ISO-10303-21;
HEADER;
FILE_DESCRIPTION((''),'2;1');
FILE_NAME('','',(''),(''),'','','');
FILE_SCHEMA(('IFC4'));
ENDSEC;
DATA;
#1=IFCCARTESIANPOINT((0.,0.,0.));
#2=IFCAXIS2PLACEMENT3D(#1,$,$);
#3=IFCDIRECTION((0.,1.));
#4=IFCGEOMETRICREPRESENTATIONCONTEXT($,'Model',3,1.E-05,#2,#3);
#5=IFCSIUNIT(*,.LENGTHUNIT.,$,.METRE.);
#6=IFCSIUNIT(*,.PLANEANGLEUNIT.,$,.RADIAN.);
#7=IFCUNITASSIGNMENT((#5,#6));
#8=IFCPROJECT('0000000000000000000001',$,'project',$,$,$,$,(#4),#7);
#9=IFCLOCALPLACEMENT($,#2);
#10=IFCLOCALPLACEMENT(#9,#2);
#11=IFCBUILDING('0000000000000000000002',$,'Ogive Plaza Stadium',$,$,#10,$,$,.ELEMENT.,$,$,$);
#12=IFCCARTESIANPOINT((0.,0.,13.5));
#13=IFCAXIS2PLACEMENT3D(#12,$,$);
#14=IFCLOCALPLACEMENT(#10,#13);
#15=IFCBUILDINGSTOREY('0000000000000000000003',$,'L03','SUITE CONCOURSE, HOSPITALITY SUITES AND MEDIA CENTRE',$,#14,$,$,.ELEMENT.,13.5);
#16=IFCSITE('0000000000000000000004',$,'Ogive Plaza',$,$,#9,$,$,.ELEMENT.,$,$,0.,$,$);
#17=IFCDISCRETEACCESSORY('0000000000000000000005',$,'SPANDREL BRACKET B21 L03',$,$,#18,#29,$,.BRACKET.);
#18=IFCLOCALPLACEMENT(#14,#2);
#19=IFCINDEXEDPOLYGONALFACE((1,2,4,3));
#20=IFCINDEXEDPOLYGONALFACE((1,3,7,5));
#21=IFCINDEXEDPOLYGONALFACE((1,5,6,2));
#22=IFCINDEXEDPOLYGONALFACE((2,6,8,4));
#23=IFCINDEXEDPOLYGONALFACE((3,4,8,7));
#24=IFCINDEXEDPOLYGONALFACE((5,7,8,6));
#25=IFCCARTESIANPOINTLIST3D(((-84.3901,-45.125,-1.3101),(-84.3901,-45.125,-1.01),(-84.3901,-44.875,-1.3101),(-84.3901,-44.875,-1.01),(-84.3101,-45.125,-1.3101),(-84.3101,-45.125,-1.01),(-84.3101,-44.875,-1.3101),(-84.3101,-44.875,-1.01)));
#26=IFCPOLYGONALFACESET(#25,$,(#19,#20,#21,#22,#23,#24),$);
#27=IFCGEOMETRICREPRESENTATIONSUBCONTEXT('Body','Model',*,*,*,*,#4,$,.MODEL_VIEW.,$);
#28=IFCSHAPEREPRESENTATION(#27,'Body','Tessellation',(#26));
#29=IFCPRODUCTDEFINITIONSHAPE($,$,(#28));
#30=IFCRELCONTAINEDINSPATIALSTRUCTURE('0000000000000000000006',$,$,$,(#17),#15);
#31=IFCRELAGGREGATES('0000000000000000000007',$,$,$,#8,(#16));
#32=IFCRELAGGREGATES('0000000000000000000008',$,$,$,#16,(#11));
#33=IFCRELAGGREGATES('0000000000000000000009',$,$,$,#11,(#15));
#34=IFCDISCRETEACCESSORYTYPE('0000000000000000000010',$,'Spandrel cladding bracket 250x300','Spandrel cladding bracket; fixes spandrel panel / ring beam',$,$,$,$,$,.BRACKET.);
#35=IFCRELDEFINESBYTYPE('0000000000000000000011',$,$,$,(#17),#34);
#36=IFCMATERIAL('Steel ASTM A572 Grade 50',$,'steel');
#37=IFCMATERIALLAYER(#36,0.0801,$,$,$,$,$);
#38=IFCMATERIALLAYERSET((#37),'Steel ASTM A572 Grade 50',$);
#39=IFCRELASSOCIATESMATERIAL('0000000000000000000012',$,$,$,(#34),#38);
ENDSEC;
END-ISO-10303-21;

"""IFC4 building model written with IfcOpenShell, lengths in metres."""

from ifc_helpers import new_model, si_unit, direction, frame, origin, origin_2d, place, context, subcontext, project, spatial, rectangle, extrude, material, layer, layer_set, type_object, element, save


model = new_model("IFC4")

# Units and contexts
model_context = context("Model", 3, precision=1e-05, world=origin(), true_north=direction((0.0, 1.0)))
body_context = subcontext(model_context, "Body", "Model", "MODEL_VIEW")
ifc_project = project(units=[si_unit("LENGTHUNIT", "METRE"), si_unit("PLANEANGLEUNIT", "RADIAN")], contexts=[model_context])

# Site, building, storey
site_placement = place(None, origin())
site = spatial("IfcSite", under=ifc_project, at=site_placement, Name="Ogive Plaza", CompositionType="ELEMENT", RefElevation=0.0)
building_placement = place(site_placement, origin())
building = spatial("IfcBuilding", under=site, at=building_placement, Name="Ogive Plaza Stadium", CompositionType="ELEMENT")
storey_placement = place(building_placement, frame((0.0, 0.0, 13.5)))
storey = spatial("IfcBuildingStorey", under=building, at=storey_placement, Name="L03", Description="SUITE CONCOURSE, HOSPITALITY SUITES AND MEDIA CENTRE", CompositionType="ELEMENT", Elevation=13.5)

# Discrete accessory
ifc_material_1 = material(Name="Steel ASTM A572 Grade 50", Category="steel")
ifc_layer_1 = layer(ifc_material_1, 0.0801)
ifc_layer_set_1 = layer_set([ifc_layer_1], Name="Steel ASTM A572 Grade 50")
discrete_accessory_type = type_object("IfcDiscreteAccessoryType", Name="Spandrel cladding bracket 250x300", Description="Spandrel cladding bracket; fixes spandrel panel / ring beam", PredefinedType="BRACKET", material=ifc_layer_set_1)
discrete_accessory_placement = place(storey_placement, frame((-84.3501, -45.0, -1.3101), z_axis=(0.0, 0.0, 1.0), x_axis=(0.0, 1.0, 0.0)))
element("IfcDiscreteAccessory", 1, at=discrete_accessory_placement, inside=storey, type_object=discrete_accessory_type, Name="SPANDREL BRACKET B21 L03", PredefinedType="BRACKET", context=body_context, shape_type="SweptSolid", body=[
    extrude(rectangle(XDim=0.25, YDim=0.0801, at=origin_2d()), origin(), (0.0, 0.0, 1.0), 0.3),
])

save(model, "model.ifc")
